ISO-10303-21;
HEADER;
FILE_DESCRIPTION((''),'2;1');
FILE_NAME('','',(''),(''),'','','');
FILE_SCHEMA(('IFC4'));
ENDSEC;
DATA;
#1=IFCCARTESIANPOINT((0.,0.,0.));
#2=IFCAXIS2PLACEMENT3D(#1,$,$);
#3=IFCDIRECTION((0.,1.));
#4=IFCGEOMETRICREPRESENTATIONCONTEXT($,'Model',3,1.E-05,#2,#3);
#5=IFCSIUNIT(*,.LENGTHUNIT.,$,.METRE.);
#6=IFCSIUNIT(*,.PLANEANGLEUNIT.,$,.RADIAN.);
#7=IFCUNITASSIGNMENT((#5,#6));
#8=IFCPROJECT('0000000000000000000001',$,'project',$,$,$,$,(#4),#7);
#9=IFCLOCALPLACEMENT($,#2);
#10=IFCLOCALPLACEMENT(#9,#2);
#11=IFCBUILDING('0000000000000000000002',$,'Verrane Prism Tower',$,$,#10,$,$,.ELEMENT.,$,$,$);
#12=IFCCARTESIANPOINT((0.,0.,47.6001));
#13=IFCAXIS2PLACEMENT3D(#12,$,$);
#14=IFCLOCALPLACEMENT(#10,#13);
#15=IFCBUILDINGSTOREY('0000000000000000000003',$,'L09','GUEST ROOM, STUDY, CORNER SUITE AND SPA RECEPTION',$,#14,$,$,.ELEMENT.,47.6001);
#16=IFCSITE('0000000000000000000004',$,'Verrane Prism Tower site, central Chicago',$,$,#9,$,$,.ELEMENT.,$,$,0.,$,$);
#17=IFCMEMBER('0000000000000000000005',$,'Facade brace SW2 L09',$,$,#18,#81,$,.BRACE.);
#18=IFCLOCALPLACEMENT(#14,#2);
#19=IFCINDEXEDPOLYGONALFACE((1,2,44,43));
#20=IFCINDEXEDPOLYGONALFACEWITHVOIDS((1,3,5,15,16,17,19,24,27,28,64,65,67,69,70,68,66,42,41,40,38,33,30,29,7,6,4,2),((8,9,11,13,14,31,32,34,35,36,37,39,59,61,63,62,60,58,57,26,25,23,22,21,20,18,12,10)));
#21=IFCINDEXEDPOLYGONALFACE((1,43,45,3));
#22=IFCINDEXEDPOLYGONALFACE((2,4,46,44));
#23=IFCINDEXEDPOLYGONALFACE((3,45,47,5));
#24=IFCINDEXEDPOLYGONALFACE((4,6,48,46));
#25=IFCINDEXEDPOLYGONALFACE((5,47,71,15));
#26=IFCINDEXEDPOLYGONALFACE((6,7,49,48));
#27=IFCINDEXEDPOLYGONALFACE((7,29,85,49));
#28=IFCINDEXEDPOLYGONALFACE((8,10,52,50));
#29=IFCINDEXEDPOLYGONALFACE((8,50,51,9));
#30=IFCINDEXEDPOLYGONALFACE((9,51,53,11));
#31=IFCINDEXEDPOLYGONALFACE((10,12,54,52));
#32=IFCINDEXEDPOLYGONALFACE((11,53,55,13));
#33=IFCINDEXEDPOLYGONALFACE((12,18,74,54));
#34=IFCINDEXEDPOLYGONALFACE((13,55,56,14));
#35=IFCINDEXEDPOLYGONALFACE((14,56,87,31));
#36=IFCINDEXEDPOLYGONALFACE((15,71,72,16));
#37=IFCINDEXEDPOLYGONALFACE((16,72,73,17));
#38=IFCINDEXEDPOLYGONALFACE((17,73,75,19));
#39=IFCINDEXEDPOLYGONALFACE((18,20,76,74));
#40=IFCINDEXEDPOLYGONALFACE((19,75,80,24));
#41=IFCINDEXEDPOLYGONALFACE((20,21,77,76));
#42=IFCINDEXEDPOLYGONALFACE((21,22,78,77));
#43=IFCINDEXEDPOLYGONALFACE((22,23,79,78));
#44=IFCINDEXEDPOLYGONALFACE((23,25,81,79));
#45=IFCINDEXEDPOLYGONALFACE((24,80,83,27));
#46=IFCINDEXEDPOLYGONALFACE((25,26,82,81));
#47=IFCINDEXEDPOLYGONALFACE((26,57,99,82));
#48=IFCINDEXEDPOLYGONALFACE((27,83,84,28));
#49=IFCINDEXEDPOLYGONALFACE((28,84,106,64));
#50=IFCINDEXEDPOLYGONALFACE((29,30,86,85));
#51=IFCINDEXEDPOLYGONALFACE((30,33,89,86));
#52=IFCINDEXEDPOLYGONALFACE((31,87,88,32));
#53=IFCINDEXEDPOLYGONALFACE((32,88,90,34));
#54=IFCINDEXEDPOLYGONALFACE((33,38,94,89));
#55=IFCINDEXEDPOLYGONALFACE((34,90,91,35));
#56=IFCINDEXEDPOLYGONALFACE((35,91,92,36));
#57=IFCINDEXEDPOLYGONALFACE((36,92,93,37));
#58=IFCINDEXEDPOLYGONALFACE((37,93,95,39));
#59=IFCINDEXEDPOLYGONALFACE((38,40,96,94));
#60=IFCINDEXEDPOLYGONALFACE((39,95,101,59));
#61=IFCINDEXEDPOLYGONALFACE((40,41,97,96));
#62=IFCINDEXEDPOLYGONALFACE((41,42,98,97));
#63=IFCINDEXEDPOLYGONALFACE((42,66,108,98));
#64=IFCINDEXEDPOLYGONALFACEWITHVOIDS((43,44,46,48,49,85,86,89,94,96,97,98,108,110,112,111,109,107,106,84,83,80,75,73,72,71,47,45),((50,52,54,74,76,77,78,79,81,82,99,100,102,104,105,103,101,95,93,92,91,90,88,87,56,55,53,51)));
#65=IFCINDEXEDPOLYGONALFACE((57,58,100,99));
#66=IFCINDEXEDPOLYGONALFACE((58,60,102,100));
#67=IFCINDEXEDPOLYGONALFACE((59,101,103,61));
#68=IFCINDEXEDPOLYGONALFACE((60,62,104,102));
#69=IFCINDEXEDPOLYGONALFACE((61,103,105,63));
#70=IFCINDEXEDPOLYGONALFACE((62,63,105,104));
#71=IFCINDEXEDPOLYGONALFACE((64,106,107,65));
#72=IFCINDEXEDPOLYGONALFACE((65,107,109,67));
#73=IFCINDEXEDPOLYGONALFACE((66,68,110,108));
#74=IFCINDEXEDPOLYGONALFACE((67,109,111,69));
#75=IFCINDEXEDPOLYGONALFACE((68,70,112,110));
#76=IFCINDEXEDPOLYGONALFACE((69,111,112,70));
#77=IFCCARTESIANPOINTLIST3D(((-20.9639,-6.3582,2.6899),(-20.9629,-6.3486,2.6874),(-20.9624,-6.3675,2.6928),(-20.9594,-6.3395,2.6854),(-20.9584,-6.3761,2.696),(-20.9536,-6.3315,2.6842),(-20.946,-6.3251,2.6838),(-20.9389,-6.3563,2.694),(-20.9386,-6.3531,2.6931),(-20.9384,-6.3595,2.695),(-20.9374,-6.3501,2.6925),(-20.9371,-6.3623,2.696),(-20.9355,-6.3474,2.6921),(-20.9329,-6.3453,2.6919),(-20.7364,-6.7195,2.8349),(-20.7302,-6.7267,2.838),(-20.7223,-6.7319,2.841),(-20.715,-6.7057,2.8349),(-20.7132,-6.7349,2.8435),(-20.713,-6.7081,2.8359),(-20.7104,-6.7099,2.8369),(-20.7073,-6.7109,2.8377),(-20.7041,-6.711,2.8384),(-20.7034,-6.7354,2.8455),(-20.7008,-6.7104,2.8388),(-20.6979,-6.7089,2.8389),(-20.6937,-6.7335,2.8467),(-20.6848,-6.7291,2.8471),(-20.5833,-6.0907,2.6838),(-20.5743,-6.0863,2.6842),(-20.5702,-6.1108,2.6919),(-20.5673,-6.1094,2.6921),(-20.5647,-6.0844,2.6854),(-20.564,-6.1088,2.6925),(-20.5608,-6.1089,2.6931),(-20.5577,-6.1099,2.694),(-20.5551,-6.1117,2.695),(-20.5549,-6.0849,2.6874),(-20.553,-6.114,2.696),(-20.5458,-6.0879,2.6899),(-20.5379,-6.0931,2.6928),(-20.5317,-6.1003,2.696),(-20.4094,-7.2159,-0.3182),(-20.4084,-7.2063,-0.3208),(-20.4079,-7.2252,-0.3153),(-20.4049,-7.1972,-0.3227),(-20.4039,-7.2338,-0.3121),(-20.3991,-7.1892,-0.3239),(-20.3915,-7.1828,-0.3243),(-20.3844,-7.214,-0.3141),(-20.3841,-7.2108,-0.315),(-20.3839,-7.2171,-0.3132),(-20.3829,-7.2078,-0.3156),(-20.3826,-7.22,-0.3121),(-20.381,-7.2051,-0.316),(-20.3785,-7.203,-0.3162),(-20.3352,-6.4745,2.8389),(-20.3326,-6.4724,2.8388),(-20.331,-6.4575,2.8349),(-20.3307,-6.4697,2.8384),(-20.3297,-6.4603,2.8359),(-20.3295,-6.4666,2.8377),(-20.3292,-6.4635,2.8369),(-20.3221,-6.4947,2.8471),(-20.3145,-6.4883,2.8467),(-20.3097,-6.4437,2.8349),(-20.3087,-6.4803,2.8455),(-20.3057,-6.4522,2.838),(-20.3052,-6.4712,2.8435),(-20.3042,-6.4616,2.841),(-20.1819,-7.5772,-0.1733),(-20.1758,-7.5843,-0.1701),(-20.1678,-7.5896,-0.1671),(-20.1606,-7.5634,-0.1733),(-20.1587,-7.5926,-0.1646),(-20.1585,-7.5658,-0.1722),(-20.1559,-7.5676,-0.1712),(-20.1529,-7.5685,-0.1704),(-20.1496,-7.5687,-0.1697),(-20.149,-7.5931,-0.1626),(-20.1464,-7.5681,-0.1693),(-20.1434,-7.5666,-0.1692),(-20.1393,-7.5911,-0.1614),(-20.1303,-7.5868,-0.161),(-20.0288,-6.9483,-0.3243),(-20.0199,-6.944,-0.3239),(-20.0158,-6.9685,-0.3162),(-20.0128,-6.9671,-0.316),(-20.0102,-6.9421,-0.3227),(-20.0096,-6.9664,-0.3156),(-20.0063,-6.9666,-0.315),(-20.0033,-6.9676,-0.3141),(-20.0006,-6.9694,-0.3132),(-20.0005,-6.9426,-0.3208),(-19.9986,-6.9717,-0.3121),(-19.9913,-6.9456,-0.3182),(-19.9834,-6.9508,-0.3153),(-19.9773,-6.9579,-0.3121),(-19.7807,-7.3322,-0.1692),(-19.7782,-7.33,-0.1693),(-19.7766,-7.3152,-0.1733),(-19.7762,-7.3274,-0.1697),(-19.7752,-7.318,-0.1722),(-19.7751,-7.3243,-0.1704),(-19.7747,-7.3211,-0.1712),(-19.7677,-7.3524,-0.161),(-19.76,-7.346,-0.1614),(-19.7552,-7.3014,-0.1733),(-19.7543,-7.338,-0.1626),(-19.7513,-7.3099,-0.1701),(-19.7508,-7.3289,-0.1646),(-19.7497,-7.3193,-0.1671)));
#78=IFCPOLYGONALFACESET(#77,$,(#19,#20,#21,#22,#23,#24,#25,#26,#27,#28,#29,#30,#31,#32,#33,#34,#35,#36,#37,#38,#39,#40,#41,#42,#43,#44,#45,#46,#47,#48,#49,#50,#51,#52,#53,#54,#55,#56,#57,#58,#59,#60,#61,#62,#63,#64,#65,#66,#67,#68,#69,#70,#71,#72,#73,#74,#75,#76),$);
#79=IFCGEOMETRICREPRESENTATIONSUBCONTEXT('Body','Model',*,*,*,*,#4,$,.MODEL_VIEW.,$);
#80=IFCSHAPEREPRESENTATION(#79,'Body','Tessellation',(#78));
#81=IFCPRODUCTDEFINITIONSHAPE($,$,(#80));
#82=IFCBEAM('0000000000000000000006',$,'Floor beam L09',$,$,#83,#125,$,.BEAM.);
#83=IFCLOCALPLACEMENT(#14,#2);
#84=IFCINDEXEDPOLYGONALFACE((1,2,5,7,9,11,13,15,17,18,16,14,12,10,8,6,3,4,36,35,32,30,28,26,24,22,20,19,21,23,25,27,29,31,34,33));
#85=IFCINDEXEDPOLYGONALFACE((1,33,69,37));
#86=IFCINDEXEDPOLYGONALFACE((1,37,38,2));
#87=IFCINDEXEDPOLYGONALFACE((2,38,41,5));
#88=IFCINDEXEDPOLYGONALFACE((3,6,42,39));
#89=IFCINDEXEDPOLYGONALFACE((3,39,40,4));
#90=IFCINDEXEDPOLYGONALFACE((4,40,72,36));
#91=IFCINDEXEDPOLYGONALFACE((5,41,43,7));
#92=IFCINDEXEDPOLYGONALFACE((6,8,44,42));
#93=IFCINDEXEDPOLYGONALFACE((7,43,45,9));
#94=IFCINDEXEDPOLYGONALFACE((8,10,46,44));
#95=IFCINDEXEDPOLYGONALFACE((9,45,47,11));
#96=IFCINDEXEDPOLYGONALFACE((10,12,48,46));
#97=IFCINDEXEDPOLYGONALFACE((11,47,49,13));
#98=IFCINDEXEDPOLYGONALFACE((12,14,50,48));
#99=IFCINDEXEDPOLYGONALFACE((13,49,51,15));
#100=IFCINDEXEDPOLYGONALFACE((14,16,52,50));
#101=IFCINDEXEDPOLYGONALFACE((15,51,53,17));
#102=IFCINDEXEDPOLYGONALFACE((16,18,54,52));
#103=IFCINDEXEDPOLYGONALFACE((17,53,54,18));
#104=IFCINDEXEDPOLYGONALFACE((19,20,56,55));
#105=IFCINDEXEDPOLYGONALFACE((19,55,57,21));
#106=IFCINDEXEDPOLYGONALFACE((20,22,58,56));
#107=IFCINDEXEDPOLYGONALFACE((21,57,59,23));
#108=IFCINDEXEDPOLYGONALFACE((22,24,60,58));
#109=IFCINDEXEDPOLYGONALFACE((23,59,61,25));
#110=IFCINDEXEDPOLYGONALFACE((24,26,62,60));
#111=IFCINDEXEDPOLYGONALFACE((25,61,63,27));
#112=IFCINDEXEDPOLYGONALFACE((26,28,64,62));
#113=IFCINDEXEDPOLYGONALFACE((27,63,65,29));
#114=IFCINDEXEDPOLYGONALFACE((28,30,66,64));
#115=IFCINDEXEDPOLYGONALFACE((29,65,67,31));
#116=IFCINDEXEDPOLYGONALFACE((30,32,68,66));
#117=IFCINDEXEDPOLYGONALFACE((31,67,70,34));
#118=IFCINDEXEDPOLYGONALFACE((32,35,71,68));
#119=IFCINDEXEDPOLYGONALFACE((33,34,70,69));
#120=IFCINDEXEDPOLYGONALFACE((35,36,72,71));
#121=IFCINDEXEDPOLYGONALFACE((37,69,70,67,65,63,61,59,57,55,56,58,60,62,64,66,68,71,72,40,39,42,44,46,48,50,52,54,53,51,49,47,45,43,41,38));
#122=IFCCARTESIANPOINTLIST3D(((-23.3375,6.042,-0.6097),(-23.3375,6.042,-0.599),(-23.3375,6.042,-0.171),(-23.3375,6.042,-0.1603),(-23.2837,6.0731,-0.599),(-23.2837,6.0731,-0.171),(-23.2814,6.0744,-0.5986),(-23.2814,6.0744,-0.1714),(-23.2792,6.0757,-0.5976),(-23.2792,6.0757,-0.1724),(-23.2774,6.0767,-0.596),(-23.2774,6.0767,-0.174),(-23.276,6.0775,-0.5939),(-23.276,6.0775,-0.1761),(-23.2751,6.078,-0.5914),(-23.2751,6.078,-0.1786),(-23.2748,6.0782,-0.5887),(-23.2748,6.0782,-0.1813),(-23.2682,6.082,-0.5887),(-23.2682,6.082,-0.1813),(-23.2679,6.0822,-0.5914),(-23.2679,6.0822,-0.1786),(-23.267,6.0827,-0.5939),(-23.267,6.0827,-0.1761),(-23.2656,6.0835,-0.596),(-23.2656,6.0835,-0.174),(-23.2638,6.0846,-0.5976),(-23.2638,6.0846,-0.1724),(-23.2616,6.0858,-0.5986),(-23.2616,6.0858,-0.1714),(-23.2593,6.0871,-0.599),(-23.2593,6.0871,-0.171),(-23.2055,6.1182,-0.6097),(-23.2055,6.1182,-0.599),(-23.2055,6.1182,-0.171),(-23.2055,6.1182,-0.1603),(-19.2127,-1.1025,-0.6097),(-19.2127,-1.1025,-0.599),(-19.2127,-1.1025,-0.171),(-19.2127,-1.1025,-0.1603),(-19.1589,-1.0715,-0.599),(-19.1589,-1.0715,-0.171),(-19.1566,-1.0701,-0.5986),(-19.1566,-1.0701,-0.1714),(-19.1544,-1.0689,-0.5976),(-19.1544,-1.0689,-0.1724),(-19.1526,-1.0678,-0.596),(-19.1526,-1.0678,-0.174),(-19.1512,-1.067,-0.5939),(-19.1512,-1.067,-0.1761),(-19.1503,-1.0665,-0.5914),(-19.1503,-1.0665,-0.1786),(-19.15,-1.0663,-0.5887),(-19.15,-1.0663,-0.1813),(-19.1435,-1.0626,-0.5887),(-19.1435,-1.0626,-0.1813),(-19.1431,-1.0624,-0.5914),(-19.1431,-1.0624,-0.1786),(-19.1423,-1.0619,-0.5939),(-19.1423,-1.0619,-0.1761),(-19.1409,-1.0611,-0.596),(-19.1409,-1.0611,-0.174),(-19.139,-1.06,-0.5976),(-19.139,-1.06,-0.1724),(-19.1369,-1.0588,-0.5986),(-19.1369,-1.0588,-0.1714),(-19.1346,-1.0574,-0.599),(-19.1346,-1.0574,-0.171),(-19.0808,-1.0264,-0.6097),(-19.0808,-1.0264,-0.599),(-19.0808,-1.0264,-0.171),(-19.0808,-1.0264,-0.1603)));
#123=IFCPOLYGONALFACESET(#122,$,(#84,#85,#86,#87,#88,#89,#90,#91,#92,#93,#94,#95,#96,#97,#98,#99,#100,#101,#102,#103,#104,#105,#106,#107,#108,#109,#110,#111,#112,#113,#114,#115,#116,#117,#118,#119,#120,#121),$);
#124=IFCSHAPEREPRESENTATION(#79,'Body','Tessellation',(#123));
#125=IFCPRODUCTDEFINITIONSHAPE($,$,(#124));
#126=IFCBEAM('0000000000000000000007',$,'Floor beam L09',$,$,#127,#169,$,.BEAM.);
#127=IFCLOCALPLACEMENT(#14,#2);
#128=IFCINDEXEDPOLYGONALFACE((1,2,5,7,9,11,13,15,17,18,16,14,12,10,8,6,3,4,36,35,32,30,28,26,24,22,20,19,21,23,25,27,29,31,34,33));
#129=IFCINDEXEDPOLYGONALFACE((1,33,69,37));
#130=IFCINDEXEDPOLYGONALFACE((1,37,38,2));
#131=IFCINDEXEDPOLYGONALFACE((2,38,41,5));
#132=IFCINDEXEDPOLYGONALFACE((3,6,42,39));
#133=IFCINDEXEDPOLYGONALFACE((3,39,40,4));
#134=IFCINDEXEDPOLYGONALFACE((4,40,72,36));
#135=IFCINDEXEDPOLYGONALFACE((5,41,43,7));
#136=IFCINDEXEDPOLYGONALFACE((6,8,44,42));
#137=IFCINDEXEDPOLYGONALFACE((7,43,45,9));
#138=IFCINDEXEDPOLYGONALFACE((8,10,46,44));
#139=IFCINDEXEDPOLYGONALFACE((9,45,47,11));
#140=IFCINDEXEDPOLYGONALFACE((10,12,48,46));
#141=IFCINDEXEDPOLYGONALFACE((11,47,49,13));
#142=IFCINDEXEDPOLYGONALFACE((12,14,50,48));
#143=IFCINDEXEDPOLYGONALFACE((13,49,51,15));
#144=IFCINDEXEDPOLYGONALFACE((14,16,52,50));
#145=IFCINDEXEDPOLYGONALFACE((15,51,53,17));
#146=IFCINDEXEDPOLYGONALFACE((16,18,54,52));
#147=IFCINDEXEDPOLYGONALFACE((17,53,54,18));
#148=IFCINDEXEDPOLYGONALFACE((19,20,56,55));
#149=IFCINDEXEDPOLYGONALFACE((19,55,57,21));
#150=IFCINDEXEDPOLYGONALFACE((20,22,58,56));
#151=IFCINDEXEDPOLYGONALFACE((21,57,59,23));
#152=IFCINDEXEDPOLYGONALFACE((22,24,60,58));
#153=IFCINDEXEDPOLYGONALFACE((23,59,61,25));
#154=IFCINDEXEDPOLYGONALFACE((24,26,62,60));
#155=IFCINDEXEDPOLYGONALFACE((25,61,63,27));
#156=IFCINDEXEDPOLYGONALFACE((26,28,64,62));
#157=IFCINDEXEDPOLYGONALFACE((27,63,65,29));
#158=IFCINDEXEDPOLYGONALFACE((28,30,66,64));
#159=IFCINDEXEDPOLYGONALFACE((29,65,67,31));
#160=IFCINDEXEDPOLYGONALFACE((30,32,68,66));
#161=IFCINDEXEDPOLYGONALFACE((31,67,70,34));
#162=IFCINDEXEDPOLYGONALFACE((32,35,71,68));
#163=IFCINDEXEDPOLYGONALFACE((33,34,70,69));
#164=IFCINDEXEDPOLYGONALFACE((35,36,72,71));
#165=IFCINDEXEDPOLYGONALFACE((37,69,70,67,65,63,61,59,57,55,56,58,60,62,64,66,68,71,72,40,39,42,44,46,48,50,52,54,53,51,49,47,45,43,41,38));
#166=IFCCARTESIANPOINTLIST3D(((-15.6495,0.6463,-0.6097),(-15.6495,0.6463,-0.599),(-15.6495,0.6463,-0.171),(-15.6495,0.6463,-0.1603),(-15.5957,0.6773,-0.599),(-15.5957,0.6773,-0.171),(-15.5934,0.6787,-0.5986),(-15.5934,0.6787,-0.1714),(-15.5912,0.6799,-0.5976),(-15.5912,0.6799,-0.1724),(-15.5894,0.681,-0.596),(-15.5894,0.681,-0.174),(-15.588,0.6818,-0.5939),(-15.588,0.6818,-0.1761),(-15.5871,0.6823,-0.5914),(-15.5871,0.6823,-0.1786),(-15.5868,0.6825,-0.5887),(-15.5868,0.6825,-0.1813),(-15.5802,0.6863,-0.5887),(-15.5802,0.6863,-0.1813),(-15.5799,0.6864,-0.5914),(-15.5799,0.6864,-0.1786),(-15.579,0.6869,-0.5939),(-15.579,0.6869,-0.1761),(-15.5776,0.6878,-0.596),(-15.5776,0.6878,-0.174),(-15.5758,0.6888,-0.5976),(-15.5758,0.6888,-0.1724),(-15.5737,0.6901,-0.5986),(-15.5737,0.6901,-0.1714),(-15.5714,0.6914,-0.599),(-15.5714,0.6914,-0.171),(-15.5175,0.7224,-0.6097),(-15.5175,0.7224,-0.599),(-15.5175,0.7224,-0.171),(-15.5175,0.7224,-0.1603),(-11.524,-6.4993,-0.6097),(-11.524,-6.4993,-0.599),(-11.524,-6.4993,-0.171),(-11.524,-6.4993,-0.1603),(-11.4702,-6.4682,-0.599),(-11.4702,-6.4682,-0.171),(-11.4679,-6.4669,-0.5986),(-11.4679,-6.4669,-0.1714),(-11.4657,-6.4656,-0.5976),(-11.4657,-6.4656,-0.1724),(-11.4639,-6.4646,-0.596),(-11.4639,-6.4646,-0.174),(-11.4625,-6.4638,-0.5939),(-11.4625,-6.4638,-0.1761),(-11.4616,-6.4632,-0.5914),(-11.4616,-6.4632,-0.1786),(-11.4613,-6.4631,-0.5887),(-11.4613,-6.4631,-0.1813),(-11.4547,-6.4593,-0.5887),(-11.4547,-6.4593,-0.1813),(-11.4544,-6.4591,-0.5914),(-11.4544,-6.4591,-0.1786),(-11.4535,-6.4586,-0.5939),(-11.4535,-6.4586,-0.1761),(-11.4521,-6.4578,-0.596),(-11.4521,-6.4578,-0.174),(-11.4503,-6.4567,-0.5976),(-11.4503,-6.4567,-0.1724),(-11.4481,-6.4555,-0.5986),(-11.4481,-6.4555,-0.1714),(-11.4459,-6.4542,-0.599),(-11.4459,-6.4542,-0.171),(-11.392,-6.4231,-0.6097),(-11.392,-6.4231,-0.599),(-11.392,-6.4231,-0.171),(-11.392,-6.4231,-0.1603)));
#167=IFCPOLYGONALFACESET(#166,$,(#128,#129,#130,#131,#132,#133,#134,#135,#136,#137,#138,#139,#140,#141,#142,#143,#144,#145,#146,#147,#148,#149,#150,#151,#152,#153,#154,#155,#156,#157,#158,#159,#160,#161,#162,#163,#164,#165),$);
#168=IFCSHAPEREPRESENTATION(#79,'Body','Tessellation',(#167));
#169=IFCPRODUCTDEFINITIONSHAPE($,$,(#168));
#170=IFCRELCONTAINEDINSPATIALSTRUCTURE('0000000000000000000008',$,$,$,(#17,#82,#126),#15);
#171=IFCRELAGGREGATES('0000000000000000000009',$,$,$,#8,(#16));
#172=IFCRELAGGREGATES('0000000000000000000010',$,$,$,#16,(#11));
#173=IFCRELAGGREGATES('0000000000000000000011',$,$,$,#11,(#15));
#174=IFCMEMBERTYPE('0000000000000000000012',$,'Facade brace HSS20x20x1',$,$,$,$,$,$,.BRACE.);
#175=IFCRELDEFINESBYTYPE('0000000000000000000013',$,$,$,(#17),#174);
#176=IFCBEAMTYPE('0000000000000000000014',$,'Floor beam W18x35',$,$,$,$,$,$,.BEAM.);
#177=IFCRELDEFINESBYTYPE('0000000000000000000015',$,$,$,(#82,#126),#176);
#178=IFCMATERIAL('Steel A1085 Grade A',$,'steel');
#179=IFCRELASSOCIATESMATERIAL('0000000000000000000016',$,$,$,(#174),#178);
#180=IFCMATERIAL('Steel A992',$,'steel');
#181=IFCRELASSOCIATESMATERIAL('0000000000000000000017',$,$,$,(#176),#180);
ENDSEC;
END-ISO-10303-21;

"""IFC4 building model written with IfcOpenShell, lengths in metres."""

from ifc_helpers import new_model, si_unit, direction, frame, origin, origin_2d, place, context, subcontext, project, spatial, hollow_rectangle, i_section, extrude, material, material_profile, profile_set, type_object, element, save


model = new_model("IFC4")

# Units and contexts
model_context = context("Model", 3, precision=1e-05, world=origin(), true_north=direction((0.0, 1.0)))
body_context = subcontext(model_context, "Body", "Model", "MODEL_VIEW")
ifc_project = project(units=[si_unit("LENGTHUNIT", "METRE"), si_unit("PLANEANGLEUNIT", "RADIAN")], contexts=[model_context])

# Site, building, storey
site_placement = place(None, origin())
site = spatial("IfcSite", under=ifc_project, at=site_placement, Name="Verrane Prism Tower site, central Chicago", CompositionType="ELEMENT", RefElevation=0.0)
building_placement = place(site_placement, origin())
building = spatial("IfcBuilding", under=site, at=building_placement, Name="Verrane Prism Tower", CompositionType="ELEMENT")
storey_placement = place(building_placement, frame((0.0, 0.0, 47.6001)))
storey = spatial("IfcBuildingStorey", under=building, at=storey_placement, Name="L09", Description="GUEST ROOM, STUDY, CORNER SUITE AND SPA RECEPTION", CompositionType="ELEMENT", Elevation=47.6001)

# Member
ifc_material_1 = material(Name="Steel A1085 Grade A", Category="steel")
ifc_material_profile_1 = material_profile(ifc_material_1, hollow_rectangle(XDim=0.5081, YDim=0.5081, WallThickness=0.0254, InnerFilletRadius=0.0127, OuterFilletRadius=0.0381, at=origin_2d()), Name="HSS20x20x1")
ifc_profile_set_1 = profile_set([ifc_material_profile_1], Name="Steel A1085 Grade A")
member_type_1 = type_object("IfcMemberType", Name="Facade brace HSS20x20x1", PredefinedType="BRACE", material=ifc_profile_set_1)
member_1_placement = place(storey_placement, frame((-20.0796, -7.2676, -0.2427), z_axis=(-0.174535, 0.269987, 0.946913), x_axis=(-0.839801, -0.542894, 0.0)))
element("IfcMember", 1, at=member_1_placement, inside=storey, type_object=member_type_1, Name="Facade brace SW2 L09", PredefinedType="BRACE", context=body_context, shape_type="SweptSolid", body=[
    extrude(hollow_rectangle(XDim=0.5081, YDim=0.5081, WallThickness=0.0254, InnerFilletRadius=0.0127, OuterFilletRadius=0.0381, at=origin_2d()), origin(), (0.0, 0.0, 1.0), 3.1768),
])

# Beams
ifc_material_2 = material(Name="Steel A992", Category="steel")
ifc_material_profile_2 = material_profile(ifc_material_2, i_section(OverallWidth=0.1523, OverallDepth=0.4495, WebThickness=0.0076, FlangeThickness=0.0107, FilletRadius=0.0103, at=origin_2d()), Name="W18x35")
ifc_profile_set_2 = profile_set([ifc_material_profile_2], Name="Steel A992")
beam_type_1 = type_object("IfcBeamType", Name="Floor beam W18x35", PredefinedType="BEAM", material=ifc_profile_set_2)
beam_1_placement = place(storey_placement, frame((-19.1467, -1.0645, -0.385), z_axis=(-0.499987, 0.866033, 0.0), x_axis=(-0.866033, -0.499987, 0.0)))
element("IfcBeam", 2, at=beam_1_placement, inside=storey, type_object=beam_type_1, Name="Floor beam L09", PredefinedType="BEAM", context=body_context, shape_type="SweptSolid", body=[
    extrude(i_section(OverallWidth=0.1523, OverallDepth=0.4495, WebThickness=0.0076, FlangeThickness=0.0107, FilletRadius=0.0103, at=origin_2d()), origin(), (0.0, 0.0, 1.0), 8.2498),
])
beam_2_placement = place(storey_placement, frame((-11.458, -6.4612, -0.385), z_axis=(-0.500002, 0.866024, 0.0), x_axis=(-0.866024, -0.500002, 0.0)))
element("IfcBeam", 3, at=beam_2_placement, inside=storey, type_object=beam_type_1, Name="Floor beam L09", PredefinedType="BEAM", context=body_context, shape_type="SweptSolid", body=[
    extrude(i_section(OverallWidth=0.1523, OverallDepth=0.4495, WebThickness=0.0076, FlangeThickness=0.0107, FilletRadius=0.0103, at=origin_2d()), origin(), (0.0, 0.0, 1.0), 8.251),
])

save(model, "model.ifc")
